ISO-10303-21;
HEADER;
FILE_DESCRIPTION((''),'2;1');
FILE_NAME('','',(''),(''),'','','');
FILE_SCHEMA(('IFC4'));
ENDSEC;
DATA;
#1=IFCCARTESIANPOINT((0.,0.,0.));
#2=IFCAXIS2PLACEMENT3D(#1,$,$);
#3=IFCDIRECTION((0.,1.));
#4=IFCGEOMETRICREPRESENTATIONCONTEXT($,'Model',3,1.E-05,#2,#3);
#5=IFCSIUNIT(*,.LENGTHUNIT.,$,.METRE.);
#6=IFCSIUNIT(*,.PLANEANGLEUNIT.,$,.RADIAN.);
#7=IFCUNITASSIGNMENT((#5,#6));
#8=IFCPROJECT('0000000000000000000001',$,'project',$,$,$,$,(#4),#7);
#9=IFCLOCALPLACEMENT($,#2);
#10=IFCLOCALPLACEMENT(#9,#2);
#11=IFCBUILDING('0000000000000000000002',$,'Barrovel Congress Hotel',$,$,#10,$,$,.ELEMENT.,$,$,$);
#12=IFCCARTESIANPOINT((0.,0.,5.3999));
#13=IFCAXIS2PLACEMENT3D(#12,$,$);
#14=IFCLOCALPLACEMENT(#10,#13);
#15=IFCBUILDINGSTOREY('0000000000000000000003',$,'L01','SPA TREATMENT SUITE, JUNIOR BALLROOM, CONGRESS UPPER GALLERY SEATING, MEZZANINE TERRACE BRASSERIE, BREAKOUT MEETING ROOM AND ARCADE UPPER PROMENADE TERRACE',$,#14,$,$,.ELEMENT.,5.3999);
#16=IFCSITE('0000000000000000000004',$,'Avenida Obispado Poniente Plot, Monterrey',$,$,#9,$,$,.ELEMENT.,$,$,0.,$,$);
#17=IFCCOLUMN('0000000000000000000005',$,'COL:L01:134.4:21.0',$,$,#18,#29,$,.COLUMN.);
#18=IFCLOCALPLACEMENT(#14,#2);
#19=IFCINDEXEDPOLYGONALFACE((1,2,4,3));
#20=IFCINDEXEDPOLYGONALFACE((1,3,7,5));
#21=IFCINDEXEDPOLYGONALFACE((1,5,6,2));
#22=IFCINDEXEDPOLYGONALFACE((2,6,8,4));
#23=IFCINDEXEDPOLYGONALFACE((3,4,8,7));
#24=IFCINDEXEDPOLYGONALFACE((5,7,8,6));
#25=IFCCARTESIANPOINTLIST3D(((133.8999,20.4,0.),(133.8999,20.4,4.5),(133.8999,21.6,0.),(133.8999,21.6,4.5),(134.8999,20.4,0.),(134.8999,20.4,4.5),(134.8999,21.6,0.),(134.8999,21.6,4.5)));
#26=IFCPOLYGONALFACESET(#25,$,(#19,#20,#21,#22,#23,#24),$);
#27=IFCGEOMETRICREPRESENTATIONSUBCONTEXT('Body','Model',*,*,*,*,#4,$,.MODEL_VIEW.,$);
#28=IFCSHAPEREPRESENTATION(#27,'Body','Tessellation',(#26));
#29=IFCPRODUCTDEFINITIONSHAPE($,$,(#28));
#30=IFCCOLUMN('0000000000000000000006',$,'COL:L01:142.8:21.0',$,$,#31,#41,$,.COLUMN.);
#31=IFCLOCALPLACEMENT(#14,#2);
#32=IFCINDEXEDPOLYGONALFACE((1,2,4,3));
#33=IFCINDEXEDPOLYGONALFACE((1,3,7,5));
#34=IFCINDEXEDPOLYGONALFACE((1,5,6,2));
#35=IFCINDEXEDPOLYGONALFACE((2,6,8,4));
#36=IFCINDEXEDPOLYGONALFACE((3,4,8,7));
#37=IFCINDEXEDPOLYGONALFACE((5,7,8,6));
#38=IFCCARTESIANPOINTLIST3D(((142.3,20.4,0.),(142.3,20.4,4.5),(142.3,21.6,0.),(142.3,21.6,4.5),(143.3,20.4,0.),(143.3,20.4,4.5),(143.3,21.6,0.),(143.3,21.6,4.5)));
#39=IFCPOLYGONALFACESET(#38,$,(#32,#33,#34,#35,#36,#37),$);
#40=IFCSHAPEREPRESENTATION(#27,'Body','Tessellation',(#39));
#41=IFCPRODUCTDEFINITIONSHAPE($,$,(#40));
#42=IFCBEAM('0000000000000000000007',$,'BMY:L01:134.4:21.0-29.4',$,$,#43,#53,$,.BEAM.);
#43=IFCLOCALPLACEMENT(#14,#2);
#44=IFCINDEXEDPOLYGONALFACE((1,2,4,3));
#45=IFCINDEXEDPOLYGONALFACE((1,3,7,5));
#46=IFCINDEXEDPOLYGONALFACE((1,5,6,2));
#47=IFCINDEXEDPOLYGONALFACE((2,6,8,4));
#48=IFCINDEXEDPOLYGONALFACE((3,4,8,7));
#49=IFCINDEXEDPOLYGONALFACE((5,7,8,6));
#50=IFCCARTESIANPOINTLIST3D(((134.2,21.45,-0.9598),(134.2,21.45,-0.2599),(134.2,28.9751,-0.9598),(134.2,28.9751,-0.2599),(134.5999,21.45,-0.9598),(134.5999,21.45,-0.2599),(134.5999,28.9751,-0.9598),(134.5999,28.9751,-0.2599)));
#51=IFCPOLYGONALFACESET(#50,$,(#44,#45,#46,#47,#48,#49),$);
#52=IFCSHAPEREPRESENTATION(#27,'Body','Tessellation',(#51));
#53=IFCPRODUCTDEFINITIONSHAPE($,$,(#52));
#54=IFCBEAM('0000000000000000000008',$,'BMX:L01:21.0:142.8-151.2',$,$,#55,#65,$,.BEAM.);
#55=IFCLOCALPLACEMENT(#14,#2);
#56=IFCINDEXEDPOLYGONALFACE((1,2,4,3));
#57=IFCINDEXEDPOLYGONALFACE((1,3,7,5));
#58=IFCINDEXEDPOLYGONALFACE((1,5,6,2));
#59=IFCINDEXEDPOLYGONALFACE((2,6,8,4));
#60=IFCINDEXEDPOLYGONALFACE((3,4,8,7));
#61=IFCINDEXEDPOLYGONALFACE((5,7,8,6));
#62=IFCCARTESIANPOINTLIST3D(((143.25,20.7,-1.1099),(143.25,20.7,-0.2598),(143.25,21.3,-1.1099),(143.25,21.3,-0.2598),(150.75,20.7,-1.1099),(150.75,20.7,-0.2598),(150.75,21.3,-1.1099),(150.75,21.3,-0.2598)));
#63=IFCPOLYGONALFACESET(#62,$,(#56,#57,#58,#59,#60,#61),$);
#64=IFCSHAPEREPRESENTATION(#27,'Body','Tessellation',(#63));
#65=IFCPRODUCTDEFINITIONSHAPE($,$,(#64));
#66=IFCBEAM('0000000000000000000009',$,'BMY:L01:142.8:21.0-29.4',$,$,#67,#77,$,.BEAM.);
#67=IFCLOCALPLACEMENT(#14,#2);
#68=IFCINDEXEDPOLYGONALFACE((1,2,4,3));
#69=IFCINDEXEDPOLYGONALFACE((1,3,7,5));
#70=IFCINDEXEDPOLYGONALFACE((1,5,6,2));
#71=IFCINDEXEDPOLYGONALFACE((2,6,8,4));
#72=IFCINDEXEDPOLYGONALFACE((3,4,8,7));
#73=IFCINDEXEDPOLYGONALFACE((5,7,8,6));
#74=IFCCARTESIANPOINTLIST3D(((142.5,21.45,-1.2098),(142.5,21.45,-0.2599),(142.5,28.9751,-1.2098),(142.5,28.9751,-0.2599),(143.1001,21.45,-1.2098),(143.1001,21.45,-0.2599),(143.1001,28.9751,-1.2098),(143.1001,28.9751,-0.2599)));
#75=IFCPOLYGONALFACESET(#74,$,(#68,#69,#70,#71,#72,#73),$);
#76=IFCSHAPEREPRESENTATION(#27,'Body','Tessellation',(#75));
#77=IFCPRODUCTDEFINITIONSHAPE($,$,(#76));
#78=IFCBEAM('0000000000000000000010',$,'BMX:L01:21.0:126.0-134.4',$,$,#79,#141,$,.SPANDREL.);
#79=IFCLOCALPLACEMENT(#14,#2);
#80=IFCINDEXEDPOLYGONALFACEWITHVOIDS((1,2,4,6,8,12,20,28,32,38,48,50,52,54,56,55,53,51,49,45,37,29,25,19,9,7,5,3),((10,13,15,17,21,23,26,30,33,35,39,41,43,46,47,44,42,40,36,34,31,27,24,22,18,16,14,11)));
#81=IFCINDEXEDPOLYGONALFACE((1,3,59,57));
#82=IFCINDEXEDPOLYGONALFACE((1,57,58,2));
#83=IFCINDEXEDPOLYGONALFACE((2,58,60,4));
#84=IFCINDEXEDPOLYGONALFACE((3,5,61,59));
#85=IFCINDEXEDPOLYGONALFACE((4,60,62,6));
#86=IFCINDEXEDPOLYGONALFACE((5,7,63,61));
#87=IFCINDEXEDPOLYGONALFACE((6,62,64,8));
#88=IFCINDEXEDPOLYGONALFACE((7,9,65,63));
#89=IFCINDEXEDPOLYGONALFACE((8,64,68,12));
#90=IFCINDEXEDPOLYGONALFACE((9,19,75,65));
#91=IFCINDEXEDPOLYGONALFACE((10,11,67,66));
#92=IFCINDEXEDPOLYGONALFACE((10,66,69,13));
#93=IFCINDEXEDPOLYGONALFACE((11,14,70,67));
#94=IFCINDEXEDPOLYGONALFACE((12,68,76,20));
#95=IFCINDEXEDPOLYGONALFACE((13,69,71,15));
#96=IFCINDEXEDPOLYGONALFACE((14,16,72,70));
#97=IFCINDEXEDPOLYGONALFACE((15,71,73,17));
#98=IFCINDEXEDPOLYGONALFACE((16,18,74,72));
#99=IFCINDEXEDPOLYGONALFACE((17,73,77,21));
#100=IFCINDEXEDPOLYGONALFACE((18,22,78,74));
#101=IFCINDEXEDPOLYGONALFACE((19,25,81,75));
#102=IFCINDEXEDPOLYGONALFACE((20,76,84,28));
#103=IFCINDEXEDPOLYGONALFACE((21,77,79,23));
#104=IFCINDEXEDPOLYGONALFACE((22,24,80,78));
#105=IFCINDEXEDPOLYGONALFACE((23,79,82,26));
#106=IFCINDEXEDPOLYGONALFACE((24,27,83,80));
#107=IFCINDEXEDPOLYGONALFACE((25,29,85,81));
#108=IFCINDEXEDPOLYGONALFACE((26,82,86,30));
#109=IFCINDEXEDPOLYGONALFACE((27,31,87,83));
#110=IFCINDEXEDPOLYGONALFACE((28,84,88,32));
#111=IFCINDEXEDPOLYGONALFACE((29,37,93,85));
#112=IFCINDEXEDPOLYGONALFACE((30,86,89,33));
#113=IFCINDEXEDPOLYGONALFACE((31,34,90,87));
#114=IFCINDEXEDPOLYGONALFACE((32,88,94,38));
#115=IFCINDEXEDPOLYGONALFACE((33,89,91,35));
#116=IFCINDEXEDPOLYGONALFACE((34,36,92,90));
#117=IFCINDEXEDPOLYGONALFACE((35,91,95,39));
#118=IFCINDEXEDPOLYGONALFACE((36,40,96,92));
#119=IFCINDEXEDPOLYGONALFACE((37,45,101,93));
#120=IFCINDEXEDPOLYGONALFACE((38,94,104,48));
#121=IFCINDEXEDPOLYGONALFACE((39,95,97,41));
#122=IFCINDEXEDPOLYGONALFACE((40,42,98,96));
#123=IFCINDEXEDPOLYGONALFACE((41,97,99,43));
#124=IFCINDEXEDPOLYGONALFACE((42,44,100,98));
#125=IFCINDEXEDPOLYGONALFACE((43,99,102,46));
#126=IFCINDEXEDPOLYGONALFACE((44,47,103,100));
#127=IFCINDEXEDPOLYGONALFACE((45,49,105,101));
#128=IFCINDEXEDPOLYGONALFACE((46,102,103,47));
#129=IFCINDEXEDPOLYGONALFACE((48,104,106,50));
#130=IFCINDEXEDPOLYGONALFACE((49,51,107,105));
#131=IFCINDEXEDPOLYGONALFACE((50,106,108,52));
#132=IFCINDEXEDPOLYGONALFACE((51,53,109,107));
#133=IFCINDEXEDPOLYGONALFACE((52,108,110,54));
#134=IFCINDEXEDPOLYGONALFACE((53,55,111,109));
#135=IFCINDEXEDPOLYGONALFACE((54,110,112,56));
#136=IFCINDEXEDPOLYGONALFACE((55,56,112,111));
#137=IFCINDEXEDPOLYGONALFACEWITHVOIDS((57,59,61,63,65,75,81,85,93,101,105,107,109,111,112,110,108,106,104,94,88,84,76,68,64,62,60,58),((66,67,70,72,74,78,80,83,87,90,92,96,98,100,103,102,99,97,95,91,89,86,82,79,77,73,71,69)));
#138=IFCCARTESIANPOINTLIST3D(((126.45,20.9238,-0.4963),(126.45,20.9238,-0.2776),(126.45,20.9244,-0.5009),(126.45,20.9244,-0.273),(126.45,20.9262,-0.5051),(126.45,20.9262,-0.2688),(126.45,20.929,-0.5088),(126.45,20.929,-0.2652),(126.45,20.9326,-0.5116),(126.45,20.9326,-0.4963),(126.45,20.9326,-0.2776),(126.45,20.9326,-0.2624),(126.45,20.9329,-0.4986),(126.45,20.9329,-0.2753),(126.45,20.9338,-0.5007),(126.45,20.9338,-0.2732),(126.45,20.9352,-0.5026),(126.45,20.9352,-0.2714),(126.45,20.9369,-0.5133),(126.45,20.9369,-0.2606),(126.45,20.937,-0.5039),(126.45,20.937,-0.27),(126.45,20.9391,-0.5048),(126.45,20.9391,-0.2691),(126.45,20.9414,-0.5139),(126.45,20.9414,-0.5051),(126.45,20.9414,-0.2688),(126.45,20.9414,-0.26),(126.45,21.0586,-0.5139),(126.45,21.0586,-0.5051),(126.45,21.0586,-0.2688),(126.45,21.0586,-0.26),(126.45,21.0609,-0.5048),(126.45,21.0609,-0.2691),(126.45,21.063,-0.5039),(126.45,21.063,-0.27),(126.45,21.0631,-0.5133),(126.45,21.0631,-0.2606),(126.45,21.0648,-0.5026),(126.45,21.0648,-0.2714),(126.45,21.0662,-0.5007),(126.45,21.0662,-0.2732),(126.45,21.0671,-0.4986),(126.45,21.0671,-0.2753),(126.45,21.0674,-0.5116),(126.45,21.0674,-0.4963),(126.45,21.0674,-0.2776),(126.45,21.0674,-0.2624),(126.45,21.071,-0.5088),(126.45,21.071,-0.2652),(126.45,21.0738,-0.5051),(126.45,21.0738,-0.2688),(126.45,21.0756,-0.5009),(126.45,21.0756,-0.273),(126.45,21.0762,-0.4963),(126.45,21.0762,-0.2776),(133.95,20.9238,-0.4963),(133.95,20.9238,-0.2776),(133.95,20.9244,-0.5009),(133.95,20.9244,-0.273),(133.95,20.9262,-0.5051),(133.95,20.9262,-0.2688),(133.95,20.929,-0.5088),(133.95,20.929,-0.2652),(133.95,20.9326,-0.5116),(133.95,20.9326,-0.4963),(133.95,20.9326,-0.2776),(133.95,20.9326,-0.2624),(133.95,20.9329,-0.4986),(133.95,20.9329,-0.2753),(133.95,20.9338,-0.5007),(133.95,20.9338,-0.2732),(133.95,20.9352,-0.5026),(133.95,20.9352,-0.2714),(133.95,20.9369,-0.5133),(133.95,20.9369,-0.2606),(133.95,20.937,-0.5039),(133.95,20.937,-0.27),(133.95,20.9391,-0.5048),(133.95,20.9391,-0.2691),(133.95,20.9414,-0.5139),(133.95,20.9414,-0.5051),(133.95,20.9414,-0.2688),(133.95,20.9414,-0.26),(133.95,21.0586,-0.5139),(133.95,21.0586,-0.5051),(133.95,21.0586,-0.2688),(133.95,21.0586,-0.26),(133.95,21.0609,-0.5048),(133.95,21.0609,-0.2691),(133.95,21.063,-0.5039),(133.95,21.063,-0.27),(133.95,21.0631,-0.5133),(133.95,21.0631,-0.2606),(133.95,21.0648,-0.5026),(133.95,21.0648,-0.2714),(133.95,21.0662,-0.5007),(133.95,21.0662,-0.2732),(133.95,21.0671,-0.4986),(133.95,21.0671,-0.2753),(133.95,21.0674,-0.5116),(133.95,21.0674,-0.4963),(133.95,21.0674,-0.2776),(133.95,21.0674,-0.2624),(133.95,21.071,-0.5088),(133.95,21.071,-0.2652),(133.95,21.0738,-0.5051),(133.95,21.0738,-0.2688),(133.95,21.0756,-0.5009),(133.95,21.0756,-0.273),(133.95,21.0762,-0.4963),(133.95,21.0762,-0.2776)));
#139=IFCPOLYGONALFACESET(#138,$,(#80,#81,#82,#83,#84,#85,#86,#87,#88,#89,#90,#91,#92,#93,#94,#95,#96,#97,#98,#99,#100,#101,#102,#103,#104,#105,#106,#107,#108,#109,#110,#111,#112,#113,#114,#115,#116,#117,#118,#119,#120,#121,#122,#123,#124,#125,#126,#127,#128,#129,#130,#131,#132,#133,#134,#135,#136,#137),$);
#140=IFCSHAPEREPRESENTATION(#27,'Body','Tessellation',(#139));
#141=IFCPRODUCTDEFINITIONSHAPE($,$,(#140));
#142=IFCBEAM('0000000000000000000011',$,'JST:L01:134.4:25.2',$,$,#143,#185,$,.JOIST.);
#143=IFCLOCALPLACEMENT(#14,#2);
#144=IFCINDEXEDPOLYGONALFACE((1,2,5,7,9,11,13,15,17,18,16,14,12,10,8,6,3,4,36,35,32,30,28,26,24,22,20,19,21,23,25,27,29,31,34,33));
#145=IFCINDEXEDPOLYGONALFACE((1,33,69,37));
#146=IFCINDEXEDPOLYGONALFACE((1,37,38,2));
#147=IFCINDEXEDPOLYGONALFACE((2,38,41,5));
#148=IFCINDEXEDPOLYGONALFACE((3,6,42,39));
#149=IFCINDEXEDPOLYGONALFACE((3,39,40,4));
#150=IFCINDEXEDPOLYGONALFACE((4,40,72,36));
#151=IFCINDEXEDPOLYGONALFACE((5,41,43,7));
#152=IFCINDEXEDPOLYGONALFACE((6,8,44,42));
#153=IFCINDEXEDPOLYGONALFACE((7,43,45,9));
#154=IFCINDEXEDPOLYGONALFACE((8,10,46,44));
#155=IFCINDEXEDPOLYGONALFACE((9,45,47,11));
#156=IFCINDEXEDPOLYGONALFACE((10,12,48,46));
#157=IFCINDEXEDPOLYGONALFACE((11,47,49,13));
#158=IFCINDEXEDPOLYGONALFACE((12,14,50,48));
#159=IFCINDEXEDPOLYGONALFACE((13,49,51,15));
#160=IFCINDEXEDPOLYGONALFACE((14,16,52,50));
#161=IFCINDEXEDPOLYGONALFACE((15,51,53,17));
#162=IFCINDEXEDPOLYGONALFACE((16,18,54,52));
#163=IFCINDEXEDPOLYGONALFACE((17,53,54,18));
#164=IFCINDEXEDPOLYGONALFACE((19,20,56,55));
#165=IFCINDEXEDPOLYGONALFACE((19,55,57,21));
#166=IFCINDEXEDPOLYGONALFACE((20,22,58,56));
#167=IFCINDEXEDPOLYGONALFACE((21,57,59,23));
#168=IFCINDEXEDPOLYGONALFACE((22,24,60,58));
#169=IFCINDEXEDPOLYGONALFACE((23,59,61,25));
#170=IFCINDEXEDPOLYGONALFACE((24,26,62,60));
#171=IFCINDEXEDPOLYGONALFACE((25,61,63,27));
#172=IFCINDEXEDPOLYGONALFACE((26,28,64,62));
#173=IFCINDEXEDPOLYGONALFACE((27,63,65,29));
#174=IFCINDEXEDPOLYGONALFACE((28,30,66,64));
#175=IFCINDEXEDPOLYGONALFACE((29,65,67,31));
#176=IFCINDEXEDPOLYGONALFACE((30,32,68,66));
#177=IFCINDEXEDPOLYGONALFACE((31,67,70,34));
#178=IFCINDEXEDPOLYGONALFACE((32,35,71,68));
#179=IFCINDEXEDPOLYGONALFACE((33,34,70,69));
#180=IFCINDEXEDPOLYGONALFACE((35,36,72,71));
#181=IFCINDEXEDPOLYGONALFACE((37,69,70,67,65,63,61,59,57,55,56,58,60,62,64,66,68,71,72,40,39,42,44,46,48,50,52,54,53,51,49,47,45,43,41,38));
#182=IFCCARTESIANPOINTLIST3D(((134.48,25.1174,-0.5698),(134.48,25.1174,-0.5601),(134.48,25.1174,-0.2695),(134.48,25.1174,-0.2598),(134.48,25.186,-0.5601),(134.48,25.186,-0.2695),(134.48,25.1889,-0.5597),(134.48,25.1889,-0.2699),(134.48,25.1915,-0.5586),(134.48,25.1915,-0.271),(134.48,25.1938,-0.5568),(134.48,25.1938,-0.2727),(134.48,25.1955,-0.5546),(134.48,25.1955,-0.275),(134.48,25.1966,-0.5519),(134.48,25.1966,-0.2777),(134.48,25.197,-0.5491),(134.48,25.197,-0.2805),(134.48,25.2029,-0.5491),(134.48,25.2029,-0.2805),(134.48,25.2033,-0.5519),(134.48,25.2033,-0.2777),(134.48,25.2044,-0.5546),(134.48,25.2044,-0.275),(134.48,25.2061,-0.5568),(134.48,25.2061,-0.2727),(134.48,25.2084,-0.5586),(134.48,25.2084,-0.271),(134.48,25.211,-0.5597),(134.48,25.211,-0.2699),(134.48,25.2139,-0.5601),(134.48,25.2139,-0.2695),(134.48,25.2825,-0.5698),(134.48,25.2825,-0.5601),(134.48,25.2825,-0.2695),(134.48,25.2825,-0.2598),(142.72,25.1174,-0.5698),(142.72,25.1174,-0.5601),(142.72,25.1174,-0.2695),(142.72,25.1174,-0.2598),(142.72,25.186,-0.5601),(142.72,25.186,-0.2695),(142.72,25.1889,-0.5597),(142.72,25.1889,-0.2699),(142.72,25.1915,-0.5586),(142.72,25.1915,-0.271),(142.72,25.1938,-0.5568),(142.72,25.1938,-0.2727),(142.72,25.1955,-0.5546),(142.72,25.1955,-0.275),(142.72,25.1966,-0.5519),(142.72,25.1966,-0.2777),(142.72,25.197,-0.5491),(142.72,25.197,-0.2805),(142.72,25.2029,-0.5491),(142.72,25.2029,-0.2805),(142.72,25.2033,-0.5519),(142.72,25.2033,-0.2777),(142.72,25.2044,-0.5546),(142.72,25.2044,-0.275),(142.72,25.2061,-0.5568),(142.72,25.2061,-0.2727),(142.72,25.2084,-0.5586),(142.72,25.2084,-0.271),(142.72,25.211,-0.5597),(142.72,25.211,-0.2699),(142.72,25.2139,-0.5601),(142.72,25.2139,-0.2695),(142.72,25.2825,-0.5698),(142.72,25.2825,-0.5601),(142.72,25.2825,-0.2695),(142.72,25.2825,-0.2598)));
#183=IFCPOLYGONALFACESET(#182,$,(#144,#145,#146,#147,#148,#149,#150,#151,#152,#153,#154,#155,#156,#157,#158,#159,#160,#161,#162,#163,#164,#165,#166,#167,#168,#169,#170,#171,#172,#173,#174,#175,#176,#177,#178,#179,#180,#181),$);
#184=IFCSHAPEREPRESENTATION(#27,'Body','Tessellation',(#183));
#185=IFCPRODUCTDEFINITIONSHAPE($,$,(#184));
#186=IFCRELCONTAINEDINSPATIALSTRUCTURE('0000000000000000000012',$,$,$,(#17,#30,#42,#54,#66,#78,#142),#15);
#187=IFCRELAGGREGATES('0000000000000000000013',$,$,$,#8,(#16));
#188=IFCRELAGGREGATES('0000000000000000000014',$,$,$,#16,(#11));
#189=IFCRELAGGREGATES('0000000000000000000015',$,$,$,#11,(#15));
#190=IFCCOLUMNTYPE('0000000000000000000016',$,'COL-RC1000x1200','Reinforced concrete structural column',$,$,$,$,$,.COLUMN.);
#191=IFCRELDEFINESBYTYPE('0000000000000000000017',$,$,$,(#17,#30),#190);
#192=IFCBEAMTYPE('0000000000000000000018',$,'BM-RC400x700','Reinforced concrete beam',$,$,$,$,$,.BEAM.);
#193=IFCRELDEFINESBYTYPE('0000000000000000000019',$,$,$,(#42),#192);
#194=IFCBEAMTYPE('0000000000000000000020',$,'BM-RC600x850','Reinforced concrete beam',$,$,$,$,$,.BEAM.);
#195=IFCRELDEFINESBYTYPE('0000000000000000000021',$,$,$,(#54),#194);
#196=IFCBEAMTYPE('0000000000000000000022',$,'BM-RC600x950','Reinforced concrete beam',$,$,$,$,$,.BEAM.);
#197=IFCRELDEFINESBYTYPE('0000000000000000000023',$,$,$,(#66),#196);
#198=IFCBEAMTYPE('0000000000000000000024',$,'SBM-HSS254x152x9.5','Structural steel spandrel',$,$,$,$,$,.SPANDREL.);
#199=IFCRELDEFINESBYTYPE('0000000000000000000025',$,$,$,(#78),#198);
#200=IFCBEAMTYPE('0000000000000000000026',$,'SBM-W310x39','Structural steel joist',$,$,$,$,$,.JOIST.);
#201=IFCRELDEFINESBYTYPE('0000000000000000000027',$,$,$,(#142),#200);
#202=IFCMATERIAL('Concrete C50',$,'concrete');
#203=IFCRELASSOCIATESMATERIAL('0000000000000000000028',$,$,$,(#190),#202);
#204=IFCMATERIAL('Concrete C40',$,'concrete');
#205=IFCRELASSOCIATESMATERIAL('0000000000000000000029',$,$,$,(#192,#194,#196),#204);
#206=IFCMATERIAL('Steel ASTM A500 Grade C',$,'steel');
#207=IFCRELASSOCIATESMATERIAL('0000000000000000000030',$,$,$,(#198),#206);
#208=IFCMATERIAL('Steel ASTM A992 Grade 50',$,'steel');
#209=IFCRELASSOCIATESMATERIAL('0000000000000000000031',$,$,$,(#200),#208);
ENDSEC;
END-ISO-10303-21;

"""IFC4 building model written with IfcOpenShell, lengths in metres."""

from ifc_helpers import new_model, si_unit, direction, frame, origin, origin_2d, place, context, subcontext, project, spatial, rectangle, hollow_rectangle, i_section, extrude, material, material_profile, profile_set, type_object, element, save


model = new_model("IFC4")

# Units and contexts
model_context = context("Model", 3, precision=1e-05, world=origin(), true_north=direction((0.0, 1.0)))
body_context = subcontext(model_context, "Body", "Model", "MODEL_VIEW")
ifc_project = project(units=[si_unit("LENGTHUNIT", "METRE"), si_unit("PLANEANGLEUNIT", "RADIAN")], contexts=[model_context])

# Site, building, storey
site_placement = place(None, origin())
site = spatial("IfcSite", under=ifc_project, at=site_placement, Name="Avenida Obispado Poniente Plot, Monterrey", CompositionType="ELEMENT", RefElevation=0.0)
building_placement = place(site_placement, origin())
building = spatial("IfcBuilding", under=site, at=building_placement, Name="Barrovel Congress Hotel", CompositionType="ELEMENT")
storey_placement = place(building_placement, frame((0.0, 0.0, 5.3999)))
storey = spatial("IfcBuildingStorey", under=building, at=storey_placement, Name="L01", Description="SPA TREATMENT SUITE, JUNIOR BALLROOM, CONGRESS UPPER GALLERY SEATING, MEZZANINE TERRACE BRASSERIE, BREAKOUT MEETING ROOM AND ARCADE UPPER PROMENADE TERRACE", CompositionType="ELEMENT", Elevation=5.3999)

# Columns
ifc_material_1 = material(Name="Concrete C50", Category="concrete")
ifc_material_profile_1 = material_profile(ifc_material_1, rectangle(XDim=1.0, YDim=1.2, at=origin_2d()), Name="RC1000x1200")
ifc_profile_set_1 = profile_set([ifc_material_profile_1], Name="Concrete C50")
column_type = type_object("IfcColumnType", Name="COL-RC1000x1200", Description="Reinforced concrete structural column", PredefinedType="COLUMN", material=ifc_profile_set_1)
for number, where, z_axis, x_axis, name in (
    (1, (134.3999, 21.0, 0.0), (0.0, 0.0, 1.0), (1.0, 0.0, 0.0), "COL:L01:134.4:21.0"),
    (2, (142.8, 21.0, 0.0), (0.0, 0.0, 1.0), (1.0, 0.0, 0.0), "COL:L01:142.8:21.0"),
):
    element("IfcColumn", number, at=place(storey_placement, frame(where, z_axis=z_axis, x_axis=x_axis)), inside=storey, type_object=column_type, Name=name, PredefinedType="COLUMN", context=body_context, shape_type="SweptSolid", body=[
        extrude(rectangle(XDim=1.0, YDim=1.2, at=origin_2d()), origin(), (0.0, 0.0, 1.0), 4.5),
    ])

# Beams
ifc_material_2 = material(Name="Concrete C40", Category="concrete")
ifc_material_profile_2 = material_profile(ifc_material_2, rectangle(XDim=0.3999, YDim=0.7, at=origin_2d()), Name="RC400x700")
ifc_profile_set_2 = profile_set([ifc_material_profile_2], Name="Concrete C40")
beam_type_1 = type_object("IfcBeamType", Name="BM-RC400x700", Description="Reinforced concrete beam", PredefinedType="BEAM", material=ifc_profile_set_2)
beam_1_placement = place(storey_placement, frame((134.3999, 21.45, -0.6099), z_axis=(0.0, 1.0, 0.0), x_axis=(-1.0, 0.0, 0.0)))
element("IfcBeam", 3, at=beam_1_placement, inside=storey, type_object=beam_type_1, Name="BMY:L01:134.4:21.0-29.4", PredefinedType="BEAM", context=body_context, shape_type="SweptSolid", body=[
    extrude(rectangle(XDim=0.3999, YDim=0.7, at=origin_2d()), origin(), (0.0, 0.0, 1.0), 7.5251),
])
ifc_material_profile_3 = material_profile(ifc_material_2, rectangle(XDim=0.6001, YDim=0.8501, at=origin_2d()), Name="RC600x850")
ifc_profile_set_3 = profile_set([ifc_material_profile_3], Name="Concrete C40")
beam_type_2 = type_object("IfcBeamType", Name="BM-RC600x850", Description="Reinforced concrete beam", PredefinedType="BEAM", material=ifc_profile_set_3)
beam_2_placement = place(storey_placement, frame((143.25, 21.0, -0.6848), z_axis=(1.0, 0.0, 0.0), x_axis=(0.0, 1.0, 0.0)))
element("IfcBeam", 4, at=beam_2_placement, inside=storey, type_object=beam_type_2, Name="BMX:L01:21.0:142.8-151.2", PredefinedType="BEAM", context=body_context, shape_type="SweptSolid", body=[
    extrude(rectangle(XDim=0.6001, YDim=0.8501, at=origin_2d()), origin(), (0.0, 0.0, 1.0), 7.5),
])
ifc_material_profile_4 = material_profile(ifc_material_2, rectangle(XDim=0.6001, YDim=0.95, at=origin_2d()), Name="RC600x950")
ifc_profile_set_4 = profile_set([ifc_material_profile_4], Name="Concrete C40")
beam_type_3 = type_object("IfcBeamType", Name="BM-RC600x950", Description="Reinforced concrete beam", PredefinedType="BEAM", material=ifc_profile_set_4)
beam_3_placement = place(storey_placement, frame((142.8, 21.45, -0.7349), z_axis=(0.0, 1.0, 0.0), x_axis=(-1.0, 0.0, 0.0)))
element("IfcBeam", 5, at=beam_3_placement, inside=storey, type_object=beam_type_3, Name="BMY:L01:142.8:21.0-29.4", PredefinedType="BEAM", context=body_context, shape_type="SweptSolid", body=[
    extrude(rectangle(XDim=0.6001, YDim=0.95, at=origin_2d()), origin(), (0.0, 0.0, 1.0), 7.5251),
])
ifc_material_3 = material(Name="Steel ASTM A500 Grade C", Category="steel")
ifc_material_profile_5 = material_profile(ifc_material_3, hollow_rectangle(XDim=0.1523, YDim=0.2539, WallThickness=0.0088, InnerFilletRadius=0.0088, OuterFilletRadius=0.0176, at=origin_2d()), Name="HSS254x152x9.5")
ifc_profile_set_5 = profile_set([ifc_material_profile_5], Name="Steel ASTM A500 Grade C")
beam_type_4 = type_object("IfcBeamType", Name="SBM-HSS254x152x9.5", Description="Structural steel spandrel", PredefinedType="SPANDREL", material=ifc_profile_set_5)
beam_4_placement = place(storey_placement, frame((126.45, 21.0, -0.387), z_axis=(1.0, 0.0, 0.0), x_axis=(0.0, 1.0, 0.0)))
element("IfcBeam", 6, at=beam_4_placement, inside=storey, type_object=beam_type_4, Name="BMX:L01:21.0:126.0-134.4", PredefinedType="SPANDREL", context=body_context, shape_type="SweptSolid", body=[
    extrude(hollow_rectangle(XDim=0.1523, YDim=0.2539, WallThickness=0.0088, InnerFilletRadius=0.0088, OuterFilletRadius=0.0176, at=origin_2d()), origin(), (0.0, 0.0, 1.0), 7.5),
])
ifc_material_4 = material(Name="Steel ASTM A992 Grade 50", Category="steel")
ifc_material_profile_6 = material_profile(ifc_material_4, i_section(OverallWidth=0.165, OverallDepth=0.3101, WebThickness=0.0059, FlangeThickness=0.0098, FilletRadius=0.011, at=origin_2d()), Name="W310x39")
ifc_profile_set_6 = profile_set([ifc_material_profile_6], Name="Steel ASTM A992 Grade 50")
beam_type_5 = type_object("IfcBeamType", Name="SBM-W310x39", Description="Structural steel joist", PredefinedType="JOIST", material=ifc_profile_set_6)
beam_5_placement = place(storey_placement, frame((134.48, 25.2, -0.4148), z_axis=(1.0, 0.0, 0.0), x_axis=(0.0, 1.0, 0.0)))
element("IfcBeam", 7, at=beam_5_placement, inside=storey, type_object=beam_type_5, Name="JST:L01:134.4:25.2", PredefinedType="JOIST", context=body_context, shape_type="SweptSolid", body=[
    extrude(i_section(OverallWidth=0.165, OverallDepth=0.3101, WebThickness=0.0059, FlangeThickness=0.0098, FilletRadius=0.011, at=origin_2d()), origin(), (0.0, 0.0, 1.0), 8.24),
])

save(model, "model.ifc")
